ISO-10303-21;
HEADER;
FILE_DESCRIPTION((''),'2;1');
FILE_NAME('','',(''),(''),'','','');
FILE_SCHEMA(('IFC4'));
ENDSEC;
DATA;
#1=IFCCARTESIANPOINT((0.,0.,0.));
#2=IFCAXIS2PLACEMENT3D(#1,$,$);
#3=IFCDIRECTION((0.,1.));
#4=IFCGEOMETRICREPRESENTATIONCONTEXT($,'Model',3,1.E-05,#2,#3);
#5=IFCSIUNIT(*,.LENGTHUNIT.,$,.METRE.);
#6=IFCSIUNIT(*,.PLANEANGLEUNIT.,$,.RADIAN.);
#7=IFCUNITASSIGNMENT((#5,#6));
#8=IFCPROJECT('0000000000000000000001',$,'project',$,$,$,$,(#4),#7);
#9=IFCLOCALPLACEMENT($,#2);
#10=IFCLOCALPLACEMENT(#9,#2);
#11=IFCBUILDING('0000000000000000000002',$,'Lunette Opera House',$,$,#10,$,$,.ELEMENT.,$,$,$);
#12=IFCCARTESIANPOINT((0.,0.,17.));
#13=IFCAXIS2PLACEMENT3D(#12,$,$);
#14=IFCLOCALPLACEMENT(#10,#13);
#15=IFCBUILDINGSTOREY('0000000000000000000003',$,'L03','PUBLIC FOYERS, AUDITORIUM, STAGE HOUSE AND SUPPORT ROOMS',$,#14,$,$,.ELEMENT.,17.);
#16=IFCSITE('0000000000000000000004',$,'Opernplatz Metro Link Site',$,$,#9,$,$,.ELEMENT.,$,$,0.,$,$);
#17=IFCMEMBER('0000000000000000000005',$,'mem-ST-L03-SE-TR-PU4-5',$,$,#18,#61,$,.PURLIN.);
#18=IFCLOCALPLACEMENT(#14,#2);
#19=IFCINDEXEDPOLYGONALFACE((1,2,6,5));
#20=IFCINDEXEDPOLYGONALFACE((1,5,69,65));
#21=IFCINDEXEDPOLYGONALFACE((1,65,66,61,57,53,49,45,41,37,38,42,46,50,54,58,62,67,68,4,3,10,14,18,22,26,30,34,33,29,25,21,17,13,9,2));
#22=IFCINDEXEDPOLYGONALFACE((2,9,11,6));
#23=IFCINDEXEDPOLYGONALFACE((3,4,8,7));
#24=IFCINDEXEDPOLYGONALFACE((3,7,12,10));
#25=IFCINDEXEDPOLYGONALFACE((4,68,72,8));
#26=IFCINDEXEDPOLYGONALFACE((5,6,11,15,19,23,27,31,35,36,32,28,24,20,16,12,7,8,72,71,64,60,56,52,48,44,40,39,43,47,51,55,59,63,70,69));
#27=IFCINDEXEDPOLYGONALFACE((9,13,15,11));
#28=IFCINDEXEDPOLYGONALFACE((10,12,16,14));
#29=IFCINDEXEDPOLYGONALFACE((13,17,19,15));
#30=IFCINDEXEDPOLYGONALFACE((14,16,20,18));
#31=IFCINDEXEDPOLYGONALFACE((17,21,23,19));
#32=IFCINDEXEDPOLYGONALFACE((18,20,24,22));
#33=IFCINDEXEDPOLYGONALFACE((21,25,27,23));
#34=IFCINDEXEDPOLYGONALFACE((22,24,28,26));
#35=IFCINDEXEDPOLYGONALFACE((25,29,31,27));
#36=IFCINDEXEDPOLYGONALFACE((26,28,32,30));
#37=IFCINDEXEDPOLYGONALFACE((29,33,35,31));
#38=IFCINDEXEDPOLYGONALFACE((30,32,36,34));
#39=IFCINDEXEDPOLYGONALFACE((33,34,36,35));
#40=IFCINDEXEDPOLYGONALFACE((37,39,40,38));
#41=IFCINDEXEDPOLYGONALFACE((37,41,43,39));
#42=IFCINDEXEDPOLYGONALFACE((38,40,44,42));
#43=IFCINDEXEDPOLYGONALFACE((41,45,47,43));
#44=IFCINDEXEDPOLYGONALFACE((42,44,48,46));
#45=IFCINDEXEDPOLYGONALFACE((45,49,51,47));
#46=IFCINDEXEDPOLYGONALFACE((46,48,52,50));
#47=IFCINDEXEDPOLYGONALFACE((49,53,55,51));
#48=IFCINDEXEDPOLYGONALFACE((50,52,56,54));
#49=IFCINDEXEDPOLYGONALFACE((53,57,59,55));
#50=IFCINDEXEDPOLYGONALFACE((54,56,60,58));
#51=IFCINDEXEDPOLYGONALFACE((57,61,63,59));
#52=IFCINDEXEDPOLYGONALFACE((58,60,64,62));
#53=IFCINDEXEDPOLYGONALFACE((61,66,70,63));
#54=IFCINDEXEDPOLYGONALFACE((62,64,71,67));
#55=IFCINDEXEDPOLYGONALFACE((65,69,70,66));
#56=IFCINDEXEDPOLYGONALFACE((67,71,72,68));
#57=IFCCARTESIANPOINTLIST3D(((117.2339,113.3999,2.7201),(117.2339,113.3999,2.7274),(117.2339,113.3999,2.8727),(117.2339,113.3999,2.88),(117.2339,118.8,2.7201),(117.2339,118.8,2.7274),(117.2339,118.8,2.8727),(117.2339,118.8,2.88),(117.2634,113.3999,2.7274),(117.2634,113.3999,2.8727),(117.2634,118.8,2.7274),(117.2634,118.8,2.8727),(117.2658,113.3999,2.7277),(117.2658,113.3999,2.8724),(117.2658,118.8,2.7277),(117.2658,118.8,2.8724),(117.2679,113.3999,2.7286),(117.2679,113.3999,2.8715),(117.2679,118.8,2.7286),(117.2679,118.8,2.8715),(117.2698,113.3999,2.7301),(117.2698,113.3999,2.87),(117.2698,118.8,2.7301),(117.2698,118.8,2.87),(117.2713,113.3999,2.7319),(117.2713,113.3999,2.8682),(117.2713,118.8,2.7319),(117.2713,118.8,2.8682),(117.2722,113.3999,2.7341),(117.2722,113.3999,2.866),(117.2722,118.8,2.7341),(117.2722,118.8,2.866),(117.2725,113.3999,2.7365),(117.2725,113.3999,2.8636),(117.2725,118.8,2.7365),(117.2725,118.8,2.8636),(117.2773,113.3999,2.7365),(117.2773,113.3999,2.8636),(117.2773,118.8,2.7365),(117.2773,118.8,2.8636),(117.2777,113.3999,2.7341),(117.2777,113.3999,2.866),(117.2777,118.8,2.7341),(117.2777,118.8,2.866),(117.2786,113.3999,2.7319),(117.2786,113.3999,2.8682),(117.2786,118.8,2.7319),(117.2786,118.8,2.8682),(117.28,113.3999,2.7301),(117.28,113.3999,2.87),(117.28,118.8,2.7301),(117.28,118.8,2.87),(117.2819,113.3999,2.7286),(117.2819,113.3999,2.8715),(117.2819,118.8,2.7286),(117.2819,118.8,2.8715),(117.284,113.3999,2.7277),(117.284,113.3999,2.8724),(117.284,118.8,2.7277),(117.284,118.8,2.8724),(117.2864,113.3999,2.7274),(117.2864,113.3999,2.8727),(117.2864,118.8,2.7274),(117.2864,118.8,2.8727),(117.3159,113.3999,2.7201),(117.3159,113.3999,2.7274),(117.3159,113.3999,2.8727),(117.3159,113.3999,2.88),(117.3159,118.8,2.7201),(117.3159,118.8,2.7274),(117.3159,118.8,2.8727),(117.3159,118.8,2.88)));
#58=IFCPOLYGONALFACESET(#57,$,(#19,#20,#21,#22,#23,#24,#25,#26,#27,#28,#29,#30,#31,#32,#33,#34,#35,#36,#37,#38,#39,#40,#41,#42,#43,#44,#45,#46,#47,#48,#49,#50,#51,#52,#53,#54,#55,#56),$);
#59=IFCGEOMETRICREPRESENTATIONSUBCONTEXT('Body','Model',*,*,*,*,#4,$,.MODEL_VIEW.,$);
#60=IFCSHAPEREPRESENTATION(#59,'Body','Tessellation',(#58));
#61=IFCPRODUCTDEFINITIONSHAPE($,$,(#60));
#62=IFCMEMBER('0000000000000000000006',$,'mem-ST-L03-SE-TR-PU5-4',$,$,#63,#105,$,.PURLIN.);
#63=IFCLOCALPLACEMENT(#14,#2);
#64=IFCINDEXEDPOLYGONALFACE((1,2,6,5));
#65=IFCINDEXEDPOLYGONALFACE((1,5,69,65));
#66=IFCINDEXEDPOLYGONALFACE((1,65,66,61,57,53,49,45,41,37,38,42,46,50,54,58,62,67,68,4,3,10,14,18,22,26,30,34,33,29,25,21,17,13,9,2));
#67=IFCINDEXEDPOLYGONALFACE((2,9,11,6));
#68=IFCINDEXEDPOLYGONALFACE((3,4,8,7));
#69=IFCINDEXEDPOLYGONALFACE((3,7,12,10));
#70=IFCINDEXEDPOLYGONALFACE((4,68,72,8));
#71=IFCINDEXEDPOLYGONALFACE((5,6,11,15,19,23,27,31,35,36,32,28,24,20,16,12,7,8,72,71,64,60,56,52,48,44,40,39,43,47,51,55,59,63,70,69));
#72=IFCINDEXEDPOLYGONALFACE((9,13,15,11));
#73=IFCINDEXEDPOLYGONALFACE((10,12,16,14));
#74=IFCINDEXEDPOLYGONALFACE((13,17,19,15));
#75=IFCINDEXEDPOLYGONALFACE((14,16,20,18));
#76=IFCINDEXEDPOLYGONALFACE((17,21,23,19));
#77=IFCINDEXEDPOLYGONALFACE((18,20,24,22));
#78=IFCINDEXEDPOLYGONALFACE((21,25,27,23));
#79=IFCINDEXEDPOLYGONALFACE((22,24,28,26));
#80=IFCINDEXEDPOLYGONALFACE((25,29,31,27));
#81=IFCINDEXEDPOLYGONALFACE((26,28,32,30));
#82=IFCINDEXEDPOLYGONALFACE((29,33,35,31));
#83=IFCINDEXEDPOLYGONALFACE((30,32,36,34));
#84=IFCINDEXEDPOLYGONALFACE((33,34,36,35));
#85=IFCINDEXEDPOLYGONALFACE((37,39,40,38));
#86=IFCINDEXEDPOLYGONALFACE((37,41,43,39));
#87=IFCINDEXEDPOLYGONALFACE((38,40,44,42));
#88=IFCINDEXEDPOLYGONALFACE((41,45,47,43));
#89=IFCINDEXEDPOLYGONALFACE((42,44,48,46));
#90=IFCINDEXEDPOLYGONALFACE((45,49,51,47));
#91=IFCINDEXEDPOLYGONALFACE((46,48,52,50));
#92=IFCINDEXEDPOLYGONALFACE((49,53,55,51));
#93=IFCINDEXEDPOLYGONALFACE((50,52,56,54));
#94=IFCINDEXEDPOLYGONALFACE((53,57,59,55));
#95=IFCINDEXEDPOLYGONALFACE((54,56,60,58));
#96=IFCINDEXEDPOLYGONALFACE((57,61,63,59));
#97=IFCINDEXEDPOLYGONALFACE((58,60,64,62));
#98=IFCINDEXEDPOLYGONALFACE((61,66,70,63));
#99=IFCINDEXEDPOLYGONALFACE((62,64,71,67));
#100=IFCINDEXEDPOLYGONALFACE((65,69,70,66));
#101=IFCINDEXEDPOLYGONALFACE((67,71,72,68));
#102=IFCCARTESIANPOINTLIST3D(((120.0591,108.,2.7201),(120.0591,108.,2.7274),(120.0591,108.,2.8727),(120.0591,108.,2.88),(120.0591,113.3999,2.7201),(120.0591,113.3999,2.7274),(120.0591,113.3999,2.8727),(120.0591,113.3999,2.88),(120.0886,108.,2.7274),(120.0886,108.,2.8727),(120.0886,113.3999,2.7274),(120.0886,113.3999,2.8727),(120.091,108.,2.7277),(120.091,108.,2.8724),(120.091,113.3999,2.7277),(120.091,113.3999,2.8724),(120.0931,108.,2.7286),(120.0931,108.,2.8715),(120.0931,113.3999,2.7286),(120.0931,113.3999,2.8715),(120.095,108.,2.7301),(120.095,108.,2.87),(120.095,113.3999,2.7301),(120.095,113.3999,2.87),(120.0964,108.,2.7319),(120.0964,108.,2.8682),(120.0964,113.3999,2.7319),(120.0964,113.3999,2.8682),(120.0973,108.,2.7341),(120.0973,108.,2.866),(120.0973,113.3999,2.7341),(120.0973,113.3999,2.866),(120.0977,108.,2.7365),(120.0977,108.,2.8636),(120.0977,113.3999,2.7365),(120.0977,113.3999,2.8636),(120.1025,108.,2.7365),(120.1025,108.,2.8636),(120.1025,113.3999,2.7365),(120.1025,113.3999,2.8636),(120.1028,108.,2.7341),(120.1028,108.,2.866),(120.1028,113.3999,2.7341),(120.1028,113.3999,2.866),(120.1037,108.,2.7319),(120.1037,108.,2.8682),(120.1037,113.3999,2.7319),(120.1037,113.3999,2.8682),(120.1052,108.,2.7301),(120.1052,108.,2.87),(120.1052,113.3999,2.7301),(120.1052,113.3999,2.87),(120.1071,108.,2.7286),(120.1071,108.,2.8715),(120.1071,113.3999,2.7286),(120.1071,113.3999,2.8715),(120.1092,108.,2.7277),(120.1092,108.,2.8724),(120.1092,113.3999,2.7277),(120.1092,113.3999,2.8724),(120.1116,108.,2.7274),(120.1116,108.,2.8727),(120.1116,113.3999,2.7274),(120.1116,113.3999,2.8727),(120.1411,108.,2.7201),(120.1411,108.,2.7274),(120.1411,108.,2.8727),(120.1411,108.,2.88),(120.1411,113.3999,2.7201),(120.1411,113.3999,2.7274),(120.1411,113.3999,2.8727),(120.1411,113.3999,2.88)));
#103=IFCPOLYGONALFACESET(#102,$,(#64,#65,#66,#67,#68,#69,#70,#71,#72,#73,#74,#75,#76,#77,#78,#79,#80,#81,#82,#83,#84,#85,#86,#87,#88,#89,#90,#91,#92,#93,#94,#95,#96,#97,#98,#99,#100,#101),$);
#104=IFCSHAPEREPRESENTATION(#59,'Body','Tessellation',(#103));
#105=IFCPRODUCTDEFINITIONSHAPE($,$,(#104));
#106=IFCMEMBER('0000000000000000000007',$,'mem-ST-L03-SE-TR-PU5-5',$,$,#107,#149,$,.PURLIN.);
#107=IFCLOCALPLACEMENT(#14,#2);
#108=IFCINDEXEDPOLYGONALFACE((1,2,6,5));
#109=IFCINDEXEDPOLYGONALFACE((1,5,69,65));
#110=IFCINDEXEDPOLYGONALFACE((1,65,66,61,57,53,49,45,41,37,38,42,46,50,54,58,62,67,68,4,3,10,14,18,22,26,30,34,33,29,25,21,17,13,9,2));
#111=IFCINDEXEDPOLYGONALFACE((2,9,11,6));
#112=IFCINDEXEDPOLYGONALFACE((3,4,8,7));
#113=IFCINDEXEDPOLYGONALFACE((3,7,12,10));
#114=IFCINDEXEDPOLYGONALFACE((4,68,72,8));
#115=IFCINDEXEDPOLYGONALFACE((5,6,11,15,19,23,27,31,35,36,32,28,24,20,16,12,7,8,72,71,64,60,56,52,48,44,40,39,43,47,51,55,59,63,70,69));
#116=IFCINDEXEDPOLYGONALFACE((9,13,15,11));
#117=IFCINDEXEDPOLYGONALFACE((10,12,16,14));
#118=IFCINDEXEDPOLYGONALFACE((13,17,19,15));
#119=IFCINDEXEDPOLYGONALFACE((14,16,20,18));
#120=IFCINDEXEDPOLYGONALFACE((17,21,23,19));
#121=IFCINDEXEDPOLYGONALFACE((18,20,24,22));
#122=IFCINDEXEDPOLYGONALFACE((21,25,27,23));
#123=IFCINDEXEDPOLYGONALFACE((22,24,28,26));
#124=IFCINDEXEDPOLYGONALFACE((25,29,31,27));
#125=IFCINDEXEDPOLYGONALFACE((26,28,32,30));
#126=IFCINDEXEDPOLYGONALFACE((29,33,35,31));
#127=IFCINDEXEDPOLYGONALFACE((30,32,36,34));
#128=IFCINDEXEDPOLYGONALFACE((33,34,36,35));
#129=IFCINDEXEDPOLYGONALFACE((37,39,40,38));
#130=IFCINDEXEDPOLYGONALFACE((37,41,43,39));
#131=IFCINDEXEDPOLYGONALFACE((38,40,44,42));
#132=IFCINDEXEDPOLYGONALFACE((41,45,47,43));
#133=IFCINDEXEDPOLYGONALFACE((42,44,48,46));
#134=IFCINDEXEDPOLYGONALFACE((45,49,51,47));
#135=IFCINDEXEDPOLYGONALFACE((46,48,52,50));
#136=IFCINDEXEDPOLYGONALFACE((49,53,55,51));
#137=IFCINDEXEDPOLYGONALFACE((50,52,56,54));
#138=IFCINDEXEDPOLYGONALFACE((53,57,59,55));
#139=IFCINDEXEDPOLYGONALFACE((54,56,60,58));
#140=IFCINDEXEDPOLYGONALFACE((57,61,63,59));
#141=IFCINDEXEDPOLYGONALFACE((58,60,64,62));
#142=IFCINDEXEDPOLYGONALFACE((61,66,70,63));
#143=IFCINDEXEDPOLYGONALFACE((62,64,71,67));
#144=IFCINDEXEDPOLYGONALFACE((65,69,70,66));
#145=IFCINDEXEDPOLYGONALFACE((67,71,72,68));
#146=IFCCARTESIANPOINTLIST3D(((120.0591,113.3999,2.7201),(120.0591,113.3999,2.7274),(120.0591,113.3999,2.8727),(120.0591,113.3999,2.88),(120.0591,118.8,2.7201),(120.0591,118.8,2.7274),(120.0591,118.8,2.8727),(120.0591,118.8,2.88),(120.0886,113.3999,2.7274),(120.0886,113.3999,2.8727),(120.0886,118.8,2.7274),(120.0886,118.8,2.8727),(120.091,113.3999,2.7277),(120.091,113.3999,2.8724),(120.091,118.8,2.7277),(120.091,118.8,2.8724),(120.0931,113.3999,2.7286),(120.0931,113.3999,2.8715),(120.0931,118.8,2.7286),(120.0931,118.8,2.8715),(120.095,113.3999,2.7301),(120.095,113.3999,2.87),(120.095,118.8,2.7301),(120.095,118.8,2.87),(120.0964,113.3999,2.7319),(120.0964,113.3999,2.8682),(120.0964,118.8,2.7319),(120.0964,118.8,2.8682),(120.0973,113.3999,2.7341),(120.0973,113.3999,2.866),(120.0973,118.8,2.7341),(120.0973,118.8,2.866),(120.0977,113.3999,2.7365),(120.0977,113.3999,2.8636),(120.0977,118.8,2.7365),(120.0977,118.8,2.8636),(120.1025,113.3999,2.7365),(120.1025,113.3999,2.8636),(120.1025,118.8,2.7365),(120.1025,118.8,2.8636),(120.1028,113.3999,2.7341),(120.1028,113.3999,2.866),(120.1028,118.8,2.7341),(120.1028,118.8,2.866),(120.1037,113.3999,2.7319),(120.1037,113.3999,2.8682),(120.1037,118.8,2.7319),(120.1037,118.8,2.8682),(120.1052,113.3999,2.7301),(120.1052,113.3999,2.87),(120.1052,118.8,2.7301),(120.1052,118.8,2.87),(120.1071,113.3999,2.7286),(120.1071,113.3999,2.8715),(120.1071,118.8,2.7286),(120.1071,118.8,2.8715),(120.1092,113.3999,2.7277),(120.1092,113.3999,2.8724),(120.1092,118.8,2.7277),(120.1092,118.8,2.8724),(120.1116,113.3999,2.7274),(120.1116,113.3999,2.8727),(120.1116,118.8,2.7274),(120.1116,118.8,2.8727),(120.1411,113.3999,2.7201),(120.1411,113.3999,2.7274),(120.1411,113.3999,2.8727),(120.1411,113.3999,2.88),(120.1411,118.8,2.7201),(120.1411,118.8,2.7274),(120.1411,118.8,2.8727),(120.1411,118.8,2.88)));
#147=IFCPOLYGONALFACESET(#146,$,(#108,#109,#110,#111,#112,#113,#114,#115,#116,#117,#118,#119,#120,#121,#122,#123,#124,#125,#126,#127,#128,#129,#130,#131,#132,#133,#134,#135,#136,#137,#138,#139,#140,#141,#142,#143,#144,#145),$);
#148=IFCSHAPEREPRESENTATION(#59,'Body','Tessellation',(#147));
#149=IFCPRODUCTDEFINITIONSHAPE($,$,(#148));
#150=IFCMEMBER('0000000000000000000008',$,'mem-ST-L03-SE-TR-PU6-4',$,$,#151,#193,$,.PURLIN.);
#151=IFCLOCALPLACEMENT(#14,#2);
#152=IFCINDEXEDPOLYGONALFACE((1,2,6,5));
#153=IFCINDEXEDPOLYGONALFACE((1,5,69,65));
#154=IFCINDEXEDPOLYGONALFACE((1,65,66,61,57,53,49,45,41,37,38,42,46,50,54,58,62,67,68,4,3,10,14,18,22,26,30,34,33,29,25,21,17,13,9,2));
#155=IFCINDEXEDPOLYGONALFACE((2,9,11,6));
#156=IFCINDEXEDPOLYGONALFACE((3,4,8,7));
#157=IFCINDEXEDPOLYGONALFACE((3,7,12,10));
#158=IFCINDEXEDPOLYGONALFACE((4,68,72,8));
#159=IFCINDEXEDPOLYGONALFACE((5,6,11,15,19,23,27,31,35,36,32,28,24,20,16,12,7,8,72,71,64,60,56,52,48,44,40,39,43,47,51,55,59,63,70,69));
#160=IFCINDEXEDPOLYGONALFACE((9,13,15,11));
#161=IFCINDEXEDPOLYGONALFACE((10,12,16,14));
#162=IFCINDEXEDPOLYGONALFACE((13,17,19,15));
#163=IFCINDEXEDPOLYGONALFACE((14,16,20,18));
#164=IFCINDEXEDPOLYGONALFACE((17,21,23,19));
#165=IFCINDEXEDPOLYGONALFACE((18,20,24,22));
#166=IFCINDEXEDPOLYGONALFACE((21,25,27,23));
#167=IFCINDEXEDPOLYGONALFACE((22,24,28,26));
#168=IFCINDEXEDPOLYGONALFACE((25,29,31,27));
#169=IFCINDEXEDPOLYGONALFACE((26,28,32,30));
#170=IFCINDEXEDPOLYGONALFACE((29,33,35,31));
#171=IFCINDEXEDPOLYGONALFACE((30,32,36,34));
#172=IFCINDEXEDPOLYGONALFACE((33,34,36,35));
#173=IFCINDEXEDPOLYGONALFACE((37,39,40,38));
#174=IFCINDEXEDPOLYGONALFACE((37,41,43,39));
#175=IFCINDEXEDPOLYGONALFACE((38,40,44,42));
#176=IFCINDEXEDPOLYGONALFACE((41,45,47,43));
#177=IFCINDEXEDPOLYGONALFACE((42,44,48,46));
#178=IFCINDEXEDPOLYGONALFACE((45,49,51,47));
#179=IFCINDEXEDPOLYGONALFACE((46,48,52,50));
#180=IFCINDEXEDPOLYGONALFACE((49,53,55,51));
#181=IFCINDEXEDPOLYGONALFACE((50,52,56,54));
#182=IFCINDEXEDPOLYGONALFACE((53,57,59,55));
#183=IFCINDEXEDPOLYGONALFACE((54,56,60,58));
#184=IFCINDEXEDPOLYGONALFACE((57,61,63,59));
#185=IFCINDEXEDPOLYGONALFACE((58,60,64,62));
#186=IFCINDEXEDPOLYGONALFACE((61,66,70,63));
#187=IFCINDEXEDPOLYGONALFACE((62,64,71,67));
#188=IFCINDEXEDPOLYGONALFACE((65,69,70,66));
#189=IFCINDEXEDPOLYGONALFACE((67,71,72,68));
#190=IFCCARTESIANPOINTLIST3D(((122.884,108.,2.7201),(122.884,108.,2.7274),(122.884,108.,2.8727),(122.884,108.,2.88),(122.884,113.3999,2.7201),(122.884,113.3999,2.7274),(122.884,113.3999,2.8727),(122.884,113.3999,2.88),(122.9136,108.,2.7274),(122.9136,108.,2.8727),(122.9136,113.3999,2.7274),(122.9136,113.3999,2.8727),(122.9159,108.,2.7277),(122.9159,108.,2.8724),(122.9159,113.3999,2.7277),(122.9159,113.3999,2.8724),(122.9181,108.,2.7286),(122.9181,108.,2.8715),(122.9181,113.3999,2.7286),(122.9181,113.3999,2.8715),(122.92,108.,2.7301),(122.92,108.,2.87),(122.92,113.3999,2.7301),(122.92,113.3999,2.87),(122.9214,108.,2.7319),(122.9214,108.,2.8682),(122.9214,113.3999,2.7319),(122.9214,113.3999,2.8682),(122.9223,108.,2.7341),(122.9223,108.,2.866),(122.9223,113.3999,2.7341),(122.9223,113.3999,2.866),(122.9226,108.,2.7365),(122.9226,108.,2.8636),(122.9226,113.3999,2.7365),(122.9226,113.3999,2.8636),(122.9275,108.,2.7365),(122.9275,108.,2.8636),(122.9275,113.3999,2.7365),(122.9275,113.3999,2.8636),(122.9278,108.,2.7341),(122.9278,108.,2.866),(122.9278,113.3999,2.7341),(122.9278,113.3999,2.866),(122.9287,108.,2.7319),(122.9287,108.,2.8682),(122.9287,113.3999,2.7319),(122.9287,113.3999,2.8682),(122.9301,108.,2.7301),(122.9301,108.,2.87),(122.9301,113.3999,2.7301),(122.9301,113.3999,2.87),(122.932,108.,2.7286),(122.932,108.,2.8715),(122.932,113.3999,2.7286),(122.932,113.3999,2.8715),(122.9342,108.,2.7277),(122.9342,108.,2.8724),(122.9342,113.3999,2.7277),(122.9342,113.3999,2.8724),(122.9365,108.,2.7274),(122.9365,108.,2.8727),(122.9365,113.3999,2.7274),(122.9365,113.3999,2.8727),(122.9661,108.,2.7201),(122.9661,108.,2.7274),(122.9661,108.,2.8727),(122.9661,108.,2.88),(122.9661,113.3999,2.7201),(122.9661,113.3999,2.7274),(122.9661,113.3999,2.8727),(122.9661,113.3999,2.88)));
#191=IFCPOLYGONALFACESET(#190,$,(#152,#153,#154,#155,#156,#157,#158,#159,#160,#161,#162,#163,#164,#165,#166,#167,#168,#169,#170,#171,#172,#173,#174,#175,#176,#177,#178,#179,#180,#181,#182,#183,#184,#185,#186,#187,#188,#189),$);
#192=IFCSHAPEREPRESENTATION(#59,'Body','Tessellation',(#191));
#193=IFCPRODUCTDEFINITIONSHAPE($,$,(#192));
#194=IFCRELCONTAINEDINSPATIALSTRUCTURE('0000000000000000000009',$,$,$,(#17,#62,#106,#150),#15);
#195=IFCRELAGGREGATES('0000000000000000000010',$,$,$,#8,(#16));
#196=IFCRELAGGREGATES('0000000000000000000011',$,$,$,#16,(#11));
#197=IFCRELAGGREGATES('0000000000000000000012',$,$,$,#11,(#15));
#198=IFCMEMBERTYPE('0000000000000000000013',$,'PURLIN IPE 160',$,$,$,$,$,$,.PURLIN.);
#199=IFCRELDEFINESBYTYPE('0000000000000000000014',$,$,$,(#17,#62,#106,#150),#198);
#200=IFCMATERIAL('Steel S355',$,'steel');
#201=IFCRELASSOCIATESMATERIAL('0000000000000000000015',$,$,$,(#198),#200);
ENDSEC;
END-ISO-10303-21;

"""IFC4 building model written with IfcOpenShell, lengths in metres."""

from ifc_helpers import new_model, si_unit, direction, frame, origin, origin_2d, place, context, subcontext, project, spatial, i_section, extrude, material, material_profile, profile_set, type_object, element, save


model = new_model("IFC4")

# Units and contexts
model_context = context("Model", 3, precision=1e-05, world=origin(), true_north=direction((0.0, 1.0)))
body_context = subcontext(model_context, "Body", "Model", "MODEL_VIEW")
ifc_project = project(units=[si_unit("LENGTHUNIT", "METRE"), si_unit("PLANEANGLEUNIT", "RADIAN")], contexts=[model_context])

# Site, building, storey
site_placement = place(None, origin())
site = spatial("IfcSite", under=ifc_project, at=site_placement, Name="Opernplatz Metro Link Site", CompositionType="ELEMENT", RefElevation=0.0)
building_placement = place(site_placement, origin())
building = spatial("IfcBuilding", under=site, at=building_placement, Name="Lunette Opera House", CompositionType="ELEMENT")
storey_placement = place(building_placement, frame((0.0, 0.0, 17.0)))
storey = spatial("IfcBuildingStorey", under=building, at=storey_placement, Name="L03", Description="PUBLIC FOYERS, AUDITORIUM, STAGE HOUSE AND SUPPORT ROOMS", CompositionType="ELEMENT", Elevation=17.0)

# Members
ifc_material_1 = material(Name="Steel S355", Category="steel")
ifc_material_profile_1 = material_profile(ifc_material_1, i_section(OverallWidth=0.082, OverallDepth=0.1599, WebThickness=0.0049, FlangeThickness=0.0073, FilletRadius=0.009, at=origin_2d()), Name="IPE 160")
ifc_profile_set_1 = profile_set([ifc_material_profile_1], Name="Steel S355")
member_type_1 = type_object("IfcMemberType", Name="PURLIN IPE 160", PredefinedType="PURLIN", material=ifc_profile_set_1)
for number, where, z_axis, x_axis, name in (
    (1, (117.2749, 113.3999, 2.8), (0.0, 1.0, 0.0), (-1.0, 0.0, 0.0), "mem-ST-L03-SE-TR-PU4-5"),
):
    element("IfcMember", number, at=place(storey_placement, frame(where, z_axis=z_axis, x_axis=x_axis)), inside=storey, type_object=member_type_1, Name=name, PredefinedType="PURLIN", context=body_context, shape_type="SweptSolid", body=[
        extrude(i_section(OverallWidth=0.082, OverallDepth=0.1599, WebThickness=0.0049, FlangeThickness=0.0073, FilletRadius=0.009, at=origin_2d()), origin(), (0.0, 0.0, 1.0), 5.4001),
    ])
member_1_placement = place(storey_placement, frame((120.1001, 108.0, 2.8), z_axis=(0.0, 1.0, 0.0), x_axis=(-1.0, 0.0, 0.0)))
element("IfcMember", 2, at=member_1_placement, inside=storey, type_object=member_type_1, Name="mem-ST-L03-SE-TR-PU5-4", PredefinedType="PURLIN", context=body_context, shape_type="SweptSolid", body=[
    extrude(i_section(OverallWidth=0.082, OverallDepth=0.1599, WebThickness=0.0049, FlangeThickness=0.0073, FilletRadius=0.009, at=origin_2d()), origin(), (0.0, 0.0, 1.0), 5.3999),
])
member_2_placement = place(storey_placement, frame((120.1001, 113.3999, 2.8), z_axis=(0.0, 1.0, 0.0), x_axis=(-1.0, 0.0, 0.0)))
element("IfcMember", 3, at=member_2_placement, inside=storey, type_object=member_type_1, Name="mem-ST-L03-SE-TR-PU5-5", PredefinedType="PURLIN", context=body_context, shape_type="SweptSolid", body=[
    extrude(i_section(OverallWidth=0.082, OverallDepth=0.1599, WebThickness=0.0049, FlangeThickness=0.0073, FilletRadius=0.009, at=origin_2d()), origin(), (0.0, 0.0, 1.0), 5.4001),
])
member_3_placement = place(storey_placement, frame((122.925, 108.0, 2.8), z_axis=(0.0, 1.0, 0.0), x_axis=(-1.0, 0.0, 0.0)))
element("IfcMember", 4, at=member_3_placement, inside=storey, type_object=member_type_1, Name="mem-ST-L03-SE-TR-PU6-4", PredefinedType="PURLIN", context=body_context, shape_type="SweptSolid", body=[
    extrude(i_section(OverallWidth=0.082, OverallDepth=0.1599, WebThickness=0.0049, FlangeThickness=0.0073, FilletRadius=0.009, at=origin_2d()), origin(), (0.0, 0.0, 1.0), 5.3999),
])

save(model, "model.ifc")
